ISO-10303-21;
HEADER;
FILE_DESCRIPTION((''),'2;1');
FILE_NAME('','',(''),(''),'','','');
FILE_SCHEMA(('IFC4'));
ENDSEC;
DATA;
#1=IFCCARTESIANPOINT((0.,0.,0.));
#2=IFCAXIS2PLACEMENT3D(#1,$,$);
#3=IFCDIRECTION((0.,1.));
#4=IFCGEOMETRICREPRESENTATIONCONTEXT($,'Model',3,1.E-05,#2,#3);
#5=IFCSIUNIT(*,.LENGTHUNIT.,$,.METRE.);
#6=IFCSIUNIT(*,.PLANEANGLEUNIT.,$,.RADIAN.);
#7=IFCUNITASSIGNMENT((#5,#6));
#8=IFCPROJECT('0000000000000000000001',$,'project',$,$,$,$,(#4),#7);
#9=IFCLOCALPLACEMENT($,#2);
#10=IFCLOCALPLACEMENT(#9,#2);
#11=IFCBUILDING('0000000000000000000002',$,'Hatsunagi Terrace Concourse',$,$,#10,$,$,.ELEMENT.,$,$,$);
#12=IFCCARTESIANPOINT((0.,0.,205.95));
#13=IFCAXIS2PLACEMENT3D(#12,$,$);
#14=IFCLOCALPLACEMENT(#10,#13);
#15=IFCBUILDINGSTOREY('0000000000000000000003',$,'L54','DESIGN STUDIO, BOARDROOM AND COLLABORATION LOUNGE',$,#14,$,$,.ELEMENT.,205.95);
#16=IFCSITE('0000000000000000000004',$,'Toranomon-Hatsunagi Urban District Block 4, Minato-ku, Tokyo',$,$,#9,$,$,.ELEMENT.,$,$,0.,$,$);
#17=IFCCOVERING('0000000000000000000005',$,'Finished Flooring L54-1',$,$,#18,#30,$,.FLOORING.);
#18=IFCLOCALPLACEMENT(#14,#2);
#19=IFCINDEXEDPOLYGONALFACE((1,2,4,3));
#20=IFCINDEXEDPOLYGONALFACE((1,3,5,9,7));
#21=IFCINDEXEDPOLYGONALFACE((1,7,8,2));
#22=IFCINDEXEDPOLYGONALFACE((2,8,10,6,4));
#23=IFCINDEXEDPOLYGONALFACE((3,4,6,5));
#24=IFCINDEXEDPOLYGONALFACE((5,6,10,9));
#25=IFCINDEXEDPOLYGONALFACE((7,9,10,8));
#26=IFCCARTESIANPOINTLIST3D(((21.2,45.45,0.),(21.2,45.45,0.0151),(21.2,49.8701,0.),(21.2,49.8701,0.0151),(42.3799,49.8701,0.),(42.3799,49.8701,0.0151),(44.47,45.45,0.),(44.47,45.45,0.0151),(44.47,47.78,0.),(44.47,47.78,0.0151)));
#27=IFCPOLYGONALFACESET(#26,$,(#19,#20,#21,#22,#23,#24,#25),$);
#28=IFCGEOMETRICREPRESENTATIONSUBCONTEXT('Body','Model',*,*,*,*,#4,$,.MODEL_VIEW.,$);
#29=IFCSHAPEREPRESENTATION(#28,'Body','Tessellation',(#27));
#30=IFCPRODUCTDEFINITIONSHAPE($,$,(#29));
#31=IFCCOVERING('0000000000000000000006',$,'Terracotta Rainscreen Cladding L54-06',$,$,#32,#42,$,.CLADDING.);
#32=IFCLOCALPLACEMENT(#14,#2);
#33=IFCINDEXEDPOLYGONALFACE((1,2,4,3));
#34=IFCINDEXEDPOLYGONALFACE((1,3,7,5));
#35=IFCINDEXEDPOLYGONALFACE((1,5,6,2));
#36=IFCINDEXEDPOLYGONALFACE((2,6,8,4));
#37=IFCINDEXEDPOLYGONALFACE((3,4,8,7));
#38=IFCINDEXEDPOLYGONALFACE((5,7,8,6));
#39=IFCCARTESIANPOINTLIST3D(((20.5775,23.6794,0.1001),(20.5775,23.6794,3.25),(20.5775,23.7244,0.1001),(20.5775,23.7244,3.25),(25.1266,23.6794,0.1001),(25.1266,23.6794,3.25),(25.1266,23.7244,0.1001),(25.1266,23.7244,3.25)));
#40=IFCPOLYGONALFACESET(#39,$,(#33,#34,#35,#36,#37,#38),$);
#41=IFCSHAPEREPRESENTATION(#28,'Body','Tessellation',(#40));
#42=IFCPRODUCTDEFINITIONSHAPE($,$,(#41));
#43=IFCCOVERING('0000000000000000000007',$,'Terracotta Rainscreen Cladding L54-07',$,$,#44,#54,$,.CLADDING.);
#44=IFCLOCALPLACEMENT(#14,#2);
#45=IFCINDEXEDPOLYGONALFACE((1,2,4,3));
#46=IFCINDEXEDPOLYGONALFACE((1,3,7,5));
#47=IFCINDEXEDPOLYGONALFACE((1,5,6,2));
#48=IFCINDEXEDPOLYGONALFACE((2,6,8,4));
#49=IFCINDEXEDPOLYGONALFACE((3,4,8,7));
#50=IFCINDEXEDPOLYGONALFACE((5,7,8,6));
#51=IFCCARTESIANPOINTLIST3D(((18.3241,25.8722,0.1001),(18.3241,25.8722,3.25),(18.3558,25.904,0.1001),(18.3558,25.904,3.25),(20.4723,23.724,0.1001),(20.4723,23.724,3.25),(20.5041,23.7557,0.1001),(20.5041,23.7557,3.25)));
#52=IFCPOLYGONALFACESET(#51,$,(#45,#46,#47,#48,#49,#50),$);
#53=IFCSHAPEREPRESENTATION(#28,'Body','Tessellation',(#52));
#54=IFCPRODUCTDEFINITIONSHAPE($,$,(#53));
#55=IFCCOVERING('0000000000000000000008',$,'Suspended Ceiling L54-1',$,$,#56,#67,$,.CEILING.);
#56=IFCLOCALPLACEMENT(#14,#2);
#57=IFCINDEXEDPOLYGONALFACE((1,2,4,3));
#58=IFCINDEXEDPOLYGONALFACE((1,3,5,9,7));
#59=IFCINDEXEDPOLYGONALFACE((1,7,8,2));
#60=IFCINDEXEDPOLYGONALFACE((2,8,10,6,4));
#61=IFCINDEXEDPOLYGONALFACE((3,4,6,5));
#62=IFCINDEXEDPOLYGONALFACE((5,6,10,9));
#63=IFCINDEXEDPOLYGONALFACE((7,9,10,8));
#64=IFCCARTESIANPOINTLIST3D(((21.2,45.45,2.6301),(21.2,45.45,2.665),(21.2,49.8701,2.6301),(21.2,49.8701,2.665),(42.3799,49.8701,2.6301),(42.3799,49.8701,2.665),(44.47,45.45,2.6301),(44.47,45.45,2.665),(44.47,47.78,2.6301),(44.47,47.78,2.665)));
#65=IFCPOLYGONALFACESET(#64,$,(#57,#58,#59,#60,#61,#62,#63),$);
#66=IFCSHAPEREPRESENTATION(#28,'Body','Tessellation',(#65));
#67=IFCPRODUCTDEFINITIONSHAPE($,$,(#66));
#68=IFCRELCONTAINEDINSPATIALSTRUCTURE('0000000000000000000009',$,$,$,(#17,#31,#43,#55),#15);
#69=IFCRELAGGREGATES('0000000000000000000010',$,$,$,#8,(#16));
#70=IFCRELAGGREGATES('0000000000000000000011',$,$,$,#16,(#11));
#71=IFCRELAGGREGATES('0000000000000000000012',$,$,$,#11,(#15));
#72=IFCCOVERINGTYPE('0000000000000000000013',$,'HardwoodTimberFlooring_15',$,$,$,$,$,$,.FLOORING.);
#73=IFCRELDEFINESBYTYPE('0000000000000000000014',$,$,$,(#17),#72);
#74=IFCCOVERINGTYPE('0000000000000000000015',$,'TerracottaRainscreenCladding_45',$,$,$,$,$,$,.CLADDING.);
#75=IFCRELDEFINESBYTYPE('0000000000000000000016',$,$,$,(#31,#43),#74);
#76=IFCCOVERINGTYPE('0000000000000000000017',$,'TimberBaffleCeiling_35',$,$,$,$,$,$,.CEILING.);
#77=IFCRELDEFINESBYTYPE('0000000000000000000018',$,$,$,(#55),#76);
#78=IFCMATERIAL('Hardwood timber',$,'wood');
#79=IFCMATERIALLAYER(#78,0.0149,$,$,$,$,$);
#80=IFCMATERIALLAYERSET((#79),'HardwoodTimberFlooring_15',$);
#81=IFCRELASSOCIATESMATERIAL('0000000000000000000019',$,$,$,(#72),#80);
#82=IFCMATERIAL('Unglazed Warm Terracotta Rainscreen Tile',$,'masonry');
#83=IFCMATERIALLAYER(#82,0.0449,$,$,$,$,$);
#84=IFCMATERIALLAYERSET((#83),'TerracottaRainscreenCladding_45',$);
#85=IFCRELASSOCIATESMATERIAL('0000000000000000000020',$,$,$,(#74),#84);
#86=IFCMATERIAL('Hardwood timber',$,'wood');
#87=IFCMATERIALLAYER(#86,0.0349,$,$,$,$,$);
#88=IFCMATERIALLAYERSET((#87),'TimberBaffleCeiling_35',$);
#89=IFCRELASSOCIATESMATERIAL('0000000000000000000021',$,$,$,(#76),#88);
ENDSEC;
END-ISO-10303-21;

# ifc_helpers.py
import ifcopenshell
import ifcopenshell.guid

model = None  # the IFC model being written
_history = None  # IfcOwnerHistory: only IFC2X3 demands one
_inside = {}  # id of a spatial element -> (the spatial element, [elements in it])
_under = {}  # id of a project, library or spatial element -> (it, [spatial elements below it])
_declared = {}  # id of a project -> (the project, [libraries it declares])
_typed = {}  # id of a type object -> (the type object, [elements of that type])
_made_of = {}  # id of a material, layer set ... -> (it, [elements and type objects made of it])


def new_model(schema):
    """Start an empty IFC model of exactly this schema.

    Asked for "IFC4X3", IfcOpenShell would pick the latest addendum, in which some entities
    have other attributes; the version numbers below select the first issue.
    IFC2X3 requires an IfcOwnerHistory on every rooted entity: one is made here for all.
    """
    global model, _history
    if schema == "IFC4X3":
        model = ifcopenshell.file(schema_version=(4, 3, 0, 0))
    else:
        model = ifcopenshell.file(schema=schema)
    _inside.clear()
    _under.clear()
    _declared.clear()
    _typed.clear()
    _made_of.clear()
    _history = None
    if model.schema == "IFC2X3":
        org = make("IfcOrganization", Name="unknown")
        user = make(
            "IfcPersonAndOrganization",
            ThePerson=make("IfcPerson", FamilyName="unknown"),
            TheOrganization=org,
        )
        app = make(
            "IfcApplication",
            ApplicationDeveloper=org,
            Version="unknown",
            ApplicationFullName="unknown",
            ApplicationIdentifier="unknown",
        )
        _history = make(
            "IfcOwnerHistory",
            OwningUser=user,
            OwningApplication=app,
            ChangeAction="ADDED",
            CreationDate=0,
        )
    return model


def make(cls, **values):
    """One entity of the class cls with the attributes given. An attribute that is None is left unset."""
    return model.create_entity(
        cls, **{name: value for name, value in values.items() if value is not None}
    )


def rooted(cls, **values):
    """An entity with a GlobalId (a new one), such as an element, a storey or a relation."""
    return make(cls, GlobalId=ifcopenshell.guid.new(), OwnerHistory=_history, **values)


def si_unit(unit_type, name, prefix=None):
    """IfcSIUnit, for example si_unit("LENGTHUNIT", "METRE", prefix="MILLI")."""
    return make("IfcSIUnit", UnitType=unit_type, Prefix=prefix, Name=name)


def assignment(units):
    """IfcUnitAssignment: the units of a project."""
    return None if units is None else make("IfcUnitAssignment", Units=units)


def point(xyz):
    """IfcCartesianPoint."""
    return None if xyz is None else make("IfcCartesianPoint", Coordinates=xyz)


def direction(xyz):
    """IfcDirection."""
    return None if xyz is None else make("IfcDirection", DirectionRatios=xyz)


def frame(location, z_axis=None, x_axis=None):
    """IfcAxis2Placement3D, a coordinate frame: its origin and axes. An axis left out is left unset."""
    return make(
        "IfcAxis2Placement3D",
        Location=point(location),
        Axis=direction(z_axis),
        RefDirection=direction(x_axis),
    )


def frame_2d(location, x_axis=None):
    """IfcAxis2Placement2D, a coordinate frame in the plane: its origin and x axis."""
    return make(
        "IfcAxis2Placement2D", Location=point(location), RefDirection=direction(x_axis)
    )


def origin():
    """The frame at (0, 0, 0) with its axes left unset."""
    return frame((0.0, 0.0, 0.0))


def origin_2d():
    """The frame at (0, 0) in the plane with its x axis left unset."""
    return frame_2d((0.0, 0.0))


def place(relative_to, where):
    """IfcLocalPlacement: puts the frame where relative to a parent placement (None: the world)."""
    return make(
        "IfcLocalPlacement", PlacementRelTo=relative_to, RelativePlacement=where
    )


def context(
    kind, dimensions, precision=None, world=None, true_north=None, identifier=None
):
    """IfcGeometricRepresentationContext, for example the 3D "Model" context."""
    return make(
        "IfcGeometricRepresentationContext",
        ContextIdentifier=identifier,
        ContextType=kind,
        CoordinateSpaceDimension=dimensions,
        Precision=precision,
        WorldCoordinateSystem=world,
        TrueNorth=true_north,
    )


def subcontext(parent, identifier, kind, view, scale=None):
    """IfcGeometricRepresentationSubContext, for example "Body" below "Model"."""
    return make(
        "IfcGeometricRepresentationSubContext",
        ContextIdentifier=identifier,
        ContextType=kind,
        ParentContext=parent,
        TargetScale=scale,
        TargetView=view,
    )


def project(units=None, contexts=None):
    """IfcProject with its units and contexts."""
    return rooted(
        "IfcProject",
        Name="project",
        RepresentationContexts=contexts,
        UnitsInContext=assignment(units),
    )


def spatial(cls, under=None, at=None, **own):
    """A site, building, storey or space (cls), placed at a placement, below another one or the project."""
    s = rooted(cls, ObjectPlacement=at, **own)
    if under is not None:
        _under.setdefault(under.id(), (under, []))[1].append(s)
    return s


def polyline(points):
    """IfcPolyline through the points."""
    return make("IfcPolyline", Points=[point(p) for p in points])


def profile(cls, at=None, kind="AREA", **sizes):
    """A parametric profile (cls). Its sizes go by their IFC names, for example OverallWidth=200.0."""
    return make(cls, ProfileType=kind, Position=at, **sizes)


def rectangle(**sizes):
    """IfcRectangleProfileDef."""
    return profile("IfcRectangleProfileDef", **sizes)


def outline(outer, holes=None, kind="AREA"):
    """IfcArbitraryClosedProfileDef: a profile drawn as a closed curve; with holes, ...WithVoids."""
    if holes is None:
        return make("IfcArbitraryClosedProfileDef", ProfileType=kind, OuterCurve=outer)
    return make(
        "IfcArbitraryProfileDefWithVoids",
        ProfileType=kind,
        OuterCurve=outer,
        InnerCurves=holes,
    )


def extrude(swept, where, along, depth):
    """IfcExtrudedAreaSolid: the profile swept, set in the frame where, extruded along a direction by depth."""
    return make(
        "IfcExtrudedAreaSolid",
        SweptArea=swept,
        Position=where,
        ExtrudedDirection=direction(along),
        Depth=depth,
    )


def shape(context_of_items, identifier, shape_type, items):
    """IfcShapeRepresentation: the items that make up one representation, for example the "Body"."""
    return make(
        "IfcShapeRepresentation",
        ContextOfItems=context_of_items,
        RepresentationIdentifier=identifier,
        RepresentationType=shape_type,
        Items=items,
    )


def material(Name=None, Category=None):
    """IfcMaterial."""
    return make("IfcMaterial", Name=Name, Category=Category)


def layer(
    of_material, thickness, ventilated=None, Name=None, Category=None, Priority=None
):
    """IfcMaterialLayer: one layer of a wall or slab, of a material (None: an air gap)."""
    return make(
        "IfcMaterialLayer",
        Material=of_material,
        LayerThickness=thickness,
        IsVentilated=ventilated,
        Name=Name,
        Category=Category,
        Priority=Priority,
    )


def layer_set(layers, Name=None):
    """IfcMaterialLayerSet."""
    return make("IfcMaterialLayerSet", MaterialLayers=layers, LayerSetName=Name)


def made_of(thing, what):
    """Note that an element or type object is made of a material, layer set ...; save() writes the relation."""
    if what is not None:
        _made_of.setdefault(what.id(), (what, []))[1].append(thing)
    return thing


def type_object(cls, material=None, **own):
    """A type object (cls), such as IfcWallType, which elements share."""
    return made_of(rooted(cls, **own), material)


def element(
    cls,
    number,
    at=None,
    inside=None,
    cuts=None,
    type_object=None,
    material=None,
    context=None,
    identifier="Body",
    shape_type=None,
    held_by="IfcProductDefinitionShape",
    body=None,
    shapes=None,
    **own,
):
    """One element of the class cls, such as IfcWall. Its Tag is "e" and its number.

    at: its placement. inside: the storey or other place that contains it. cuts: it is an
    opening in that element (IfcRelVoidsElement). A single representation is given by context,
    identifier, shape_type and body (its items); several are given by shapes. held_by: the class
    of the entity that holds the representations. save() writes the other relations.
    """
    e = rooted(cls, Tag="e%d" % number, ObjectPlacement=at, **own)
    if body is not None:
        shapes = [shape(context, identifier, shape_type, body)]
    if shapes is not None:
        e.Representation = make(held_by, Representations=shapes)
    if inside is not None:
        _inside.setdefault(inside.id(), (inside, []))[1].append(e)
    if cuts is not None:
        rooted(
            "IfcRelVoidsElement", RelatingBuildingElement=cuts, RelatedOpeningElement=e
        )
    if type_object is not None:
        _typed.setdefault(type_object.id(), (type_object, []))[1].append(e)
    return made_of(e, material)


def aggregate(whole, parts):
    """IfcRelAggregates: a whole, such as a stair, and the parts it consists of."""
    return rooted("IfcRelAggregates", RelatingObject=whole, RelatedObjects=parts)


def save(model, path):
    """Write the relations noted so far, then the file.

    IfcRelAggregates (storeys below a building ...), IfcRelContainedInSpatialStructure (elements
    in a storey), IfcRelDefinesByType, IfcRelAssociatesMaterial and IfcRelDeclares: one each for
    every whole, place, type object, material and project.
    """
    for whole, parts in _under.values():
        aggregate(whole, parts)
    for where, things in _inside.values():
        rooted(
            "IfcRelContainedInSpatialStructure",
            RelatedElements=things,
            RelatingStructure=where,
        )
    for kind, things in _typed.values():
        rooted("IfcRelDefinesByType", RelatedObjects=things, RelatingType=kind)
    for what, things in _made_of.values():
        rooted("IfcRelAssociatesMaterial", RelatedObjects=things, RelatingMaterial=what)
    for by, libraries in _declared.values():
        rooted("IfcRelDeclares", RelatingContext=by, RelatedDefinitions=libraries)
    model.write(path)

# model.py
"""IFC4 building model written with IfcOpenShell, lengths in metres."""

from ifc_helpers import new_model, si_unit, direction, frame, origin, origin_2d, place, context, subcontext, project, spatial, polyline, rectangle, outline, extrude, material, layer, layer_set, type_object, element, save


model = new_model("IFC4")

# Units and contexts
model_context = context("Model", 3, precision=1e-05, world=origin(), true_north=direction((0.0, 1.0)))
body_context = subcontext(model_context, "Body", "Model", "MODEL_VIEW")
ifc_project = project(units=[si_unit("LENGTHUNIT", "METRE"), si_unit("PLANEANGLEUNIT", "RADIAN")], contexts=[model_context])

# Site, building, storey
site_placement = place(None, origin())
site = spatial("IfcSite", under=ifc_project, at=site_placement, Name="Toranomon-Hatsunagi Urban District Block 4, Minato-ku, Tokyo", CompositionType="ELEMENT", RefElevation=0.0)
building_placement = place(site_placement, origin())
building = spatial("IfcBuilding", under=site, at=building_placement, Name="Hatsunagi Terrace Concourse", CompositionType="ELEMENT")
storey_placement = place(building_placement, frame((0.0, 0.0, 205.95)))
storey = spatial("IfcBuildingStorey", under=building, at=storey_placement, Name="L54", Description="DESIGN STUDIO, BOARDROOM AND COLLABORATION LOUNGE", CompositionType="ELEMENT", Elevation=205.95)

# Coverings
ifc_material_1 = material(Name="Hardwood timber", Category="wood")
ifc_layer_1 = layer(ifc_material_1, 0.0149)
ifc_layer_set_1 = layer_set([ifc_layer_1], Name="HardwoodTimberFlooring_15")
covering_type_1 = type_object("IfcCoveringType", Name="HardwoodTimberFlooring_15", PredefinedType="FLOORING", material=ifc_layer_set_1)
covering_1_placement = place(storey_placement, origin())
element("IfcCovering", 1, at=covering_1_placement, inside=storey, type_object=covering_type_1, Name="Finished Flooring L54-1", PredefinedType="FLOORING", context=body_context, shape_type="SweptSolid", body=[
    extrude(outline(polyline([(42.3799, 49.8701), (21.2, 49.8701), (21.2, 45.45), (44.47, 45.45), (44.47, 47.78), (42.3799, 49.8701)])), origin(), (0.0, 0.0, 1.0), 0.0151),
])
ifc_material_2 = material(Name="Unglazed Warm Terracotta Rainscreen Tile", Category="masonry")
ifc_layer_2 = layer(ifc_material_2, 0.0449)
ifc_layer_set_2 = layer_set([ifc_layer_2], Name="TerracottaRainscreenCladding_45")
covering_type_2 = type_object("IfcCoveringType", Name="TerracottaRainscreenCladding_45", PredefinedType="CLADDING", material=ifc_layer_set_2)
covering_2_placement = place(storey_placement, frame((22.8521, 23.7019, 0.1001), z_axis=(0.0, 0.0, 1.0), x_axis=(-1.0, 0.0, 0.0)))
element("IfcCovering", 2, at=covering_2_placement, inside=storey, type_object=covering_type_2, Name="Terracotta Rainscreen Cladding L54-06", PredefinedType="CLADDING", context=body_context, shape_type="SweptSolid", body=[
    extrude(rectangle(XDim=4.5491, YDim=0.0449, at=origin_2d()), origin(), (0.0, 0.0, 1.0), 3.1499),
])
covering_3_placement = place(storey_placement, frame((19.4141, 24.814, 0.1001), z_axis=(0.0, 0.0, 1.0), x_axis=(-0.707107, 0.707107, 0.0)))
element("IfcCovering", 3, at=covering_3_placement, inside=storey, type_object=covering_type_2, Name="Terracotta Rainscreen Cladding L54-07", PredefinedType="CLADDING", context=body_context, shape_type="SweptSolid", body=[
    extrude(rectangle(XDim=3.0381, YDim=0.0449, at=origin_2d()), origin(), (0.0, 0.0, 1.0), 3.1499),
])
ifc_material_3 = material(Name="Hardwood timber", Category="wood")
ifc_layer_3 = layer(ifc_material_3, 0.0349)
ifc_layer_set_3 = layer_set([ifc_layer_3], Name="TimberBaffleCeiling_35")
covering_type_3 = type_object("IfcCoveringType", Name="TimberBaffleCeiling_35", PredefinedType="CEILING", material=ifc_layer_set_3)
covering_4_placement = place(storey_placement, frame((0.0, 0.0, 2.6301)))
element("IfcCovering", 4, at=covering_4_placement, inside=storey, type_object=covering_type_3, Name="Suspended Ceiling L54-1", PredefinedType="CEILING", context=body_context, shape_type="SweptSolid", body=[
    extrude(outline(polyline([(42.3799, 49.8701), (21.2, 49.8701), (21.2, 45.45), (44.47, 45.45), (44.47, 47.78), (42.3799, 49.8701)])), origin(), (0.0, 0.0, 1.0), 0.0349),
])

save(model, "model.ifc")
